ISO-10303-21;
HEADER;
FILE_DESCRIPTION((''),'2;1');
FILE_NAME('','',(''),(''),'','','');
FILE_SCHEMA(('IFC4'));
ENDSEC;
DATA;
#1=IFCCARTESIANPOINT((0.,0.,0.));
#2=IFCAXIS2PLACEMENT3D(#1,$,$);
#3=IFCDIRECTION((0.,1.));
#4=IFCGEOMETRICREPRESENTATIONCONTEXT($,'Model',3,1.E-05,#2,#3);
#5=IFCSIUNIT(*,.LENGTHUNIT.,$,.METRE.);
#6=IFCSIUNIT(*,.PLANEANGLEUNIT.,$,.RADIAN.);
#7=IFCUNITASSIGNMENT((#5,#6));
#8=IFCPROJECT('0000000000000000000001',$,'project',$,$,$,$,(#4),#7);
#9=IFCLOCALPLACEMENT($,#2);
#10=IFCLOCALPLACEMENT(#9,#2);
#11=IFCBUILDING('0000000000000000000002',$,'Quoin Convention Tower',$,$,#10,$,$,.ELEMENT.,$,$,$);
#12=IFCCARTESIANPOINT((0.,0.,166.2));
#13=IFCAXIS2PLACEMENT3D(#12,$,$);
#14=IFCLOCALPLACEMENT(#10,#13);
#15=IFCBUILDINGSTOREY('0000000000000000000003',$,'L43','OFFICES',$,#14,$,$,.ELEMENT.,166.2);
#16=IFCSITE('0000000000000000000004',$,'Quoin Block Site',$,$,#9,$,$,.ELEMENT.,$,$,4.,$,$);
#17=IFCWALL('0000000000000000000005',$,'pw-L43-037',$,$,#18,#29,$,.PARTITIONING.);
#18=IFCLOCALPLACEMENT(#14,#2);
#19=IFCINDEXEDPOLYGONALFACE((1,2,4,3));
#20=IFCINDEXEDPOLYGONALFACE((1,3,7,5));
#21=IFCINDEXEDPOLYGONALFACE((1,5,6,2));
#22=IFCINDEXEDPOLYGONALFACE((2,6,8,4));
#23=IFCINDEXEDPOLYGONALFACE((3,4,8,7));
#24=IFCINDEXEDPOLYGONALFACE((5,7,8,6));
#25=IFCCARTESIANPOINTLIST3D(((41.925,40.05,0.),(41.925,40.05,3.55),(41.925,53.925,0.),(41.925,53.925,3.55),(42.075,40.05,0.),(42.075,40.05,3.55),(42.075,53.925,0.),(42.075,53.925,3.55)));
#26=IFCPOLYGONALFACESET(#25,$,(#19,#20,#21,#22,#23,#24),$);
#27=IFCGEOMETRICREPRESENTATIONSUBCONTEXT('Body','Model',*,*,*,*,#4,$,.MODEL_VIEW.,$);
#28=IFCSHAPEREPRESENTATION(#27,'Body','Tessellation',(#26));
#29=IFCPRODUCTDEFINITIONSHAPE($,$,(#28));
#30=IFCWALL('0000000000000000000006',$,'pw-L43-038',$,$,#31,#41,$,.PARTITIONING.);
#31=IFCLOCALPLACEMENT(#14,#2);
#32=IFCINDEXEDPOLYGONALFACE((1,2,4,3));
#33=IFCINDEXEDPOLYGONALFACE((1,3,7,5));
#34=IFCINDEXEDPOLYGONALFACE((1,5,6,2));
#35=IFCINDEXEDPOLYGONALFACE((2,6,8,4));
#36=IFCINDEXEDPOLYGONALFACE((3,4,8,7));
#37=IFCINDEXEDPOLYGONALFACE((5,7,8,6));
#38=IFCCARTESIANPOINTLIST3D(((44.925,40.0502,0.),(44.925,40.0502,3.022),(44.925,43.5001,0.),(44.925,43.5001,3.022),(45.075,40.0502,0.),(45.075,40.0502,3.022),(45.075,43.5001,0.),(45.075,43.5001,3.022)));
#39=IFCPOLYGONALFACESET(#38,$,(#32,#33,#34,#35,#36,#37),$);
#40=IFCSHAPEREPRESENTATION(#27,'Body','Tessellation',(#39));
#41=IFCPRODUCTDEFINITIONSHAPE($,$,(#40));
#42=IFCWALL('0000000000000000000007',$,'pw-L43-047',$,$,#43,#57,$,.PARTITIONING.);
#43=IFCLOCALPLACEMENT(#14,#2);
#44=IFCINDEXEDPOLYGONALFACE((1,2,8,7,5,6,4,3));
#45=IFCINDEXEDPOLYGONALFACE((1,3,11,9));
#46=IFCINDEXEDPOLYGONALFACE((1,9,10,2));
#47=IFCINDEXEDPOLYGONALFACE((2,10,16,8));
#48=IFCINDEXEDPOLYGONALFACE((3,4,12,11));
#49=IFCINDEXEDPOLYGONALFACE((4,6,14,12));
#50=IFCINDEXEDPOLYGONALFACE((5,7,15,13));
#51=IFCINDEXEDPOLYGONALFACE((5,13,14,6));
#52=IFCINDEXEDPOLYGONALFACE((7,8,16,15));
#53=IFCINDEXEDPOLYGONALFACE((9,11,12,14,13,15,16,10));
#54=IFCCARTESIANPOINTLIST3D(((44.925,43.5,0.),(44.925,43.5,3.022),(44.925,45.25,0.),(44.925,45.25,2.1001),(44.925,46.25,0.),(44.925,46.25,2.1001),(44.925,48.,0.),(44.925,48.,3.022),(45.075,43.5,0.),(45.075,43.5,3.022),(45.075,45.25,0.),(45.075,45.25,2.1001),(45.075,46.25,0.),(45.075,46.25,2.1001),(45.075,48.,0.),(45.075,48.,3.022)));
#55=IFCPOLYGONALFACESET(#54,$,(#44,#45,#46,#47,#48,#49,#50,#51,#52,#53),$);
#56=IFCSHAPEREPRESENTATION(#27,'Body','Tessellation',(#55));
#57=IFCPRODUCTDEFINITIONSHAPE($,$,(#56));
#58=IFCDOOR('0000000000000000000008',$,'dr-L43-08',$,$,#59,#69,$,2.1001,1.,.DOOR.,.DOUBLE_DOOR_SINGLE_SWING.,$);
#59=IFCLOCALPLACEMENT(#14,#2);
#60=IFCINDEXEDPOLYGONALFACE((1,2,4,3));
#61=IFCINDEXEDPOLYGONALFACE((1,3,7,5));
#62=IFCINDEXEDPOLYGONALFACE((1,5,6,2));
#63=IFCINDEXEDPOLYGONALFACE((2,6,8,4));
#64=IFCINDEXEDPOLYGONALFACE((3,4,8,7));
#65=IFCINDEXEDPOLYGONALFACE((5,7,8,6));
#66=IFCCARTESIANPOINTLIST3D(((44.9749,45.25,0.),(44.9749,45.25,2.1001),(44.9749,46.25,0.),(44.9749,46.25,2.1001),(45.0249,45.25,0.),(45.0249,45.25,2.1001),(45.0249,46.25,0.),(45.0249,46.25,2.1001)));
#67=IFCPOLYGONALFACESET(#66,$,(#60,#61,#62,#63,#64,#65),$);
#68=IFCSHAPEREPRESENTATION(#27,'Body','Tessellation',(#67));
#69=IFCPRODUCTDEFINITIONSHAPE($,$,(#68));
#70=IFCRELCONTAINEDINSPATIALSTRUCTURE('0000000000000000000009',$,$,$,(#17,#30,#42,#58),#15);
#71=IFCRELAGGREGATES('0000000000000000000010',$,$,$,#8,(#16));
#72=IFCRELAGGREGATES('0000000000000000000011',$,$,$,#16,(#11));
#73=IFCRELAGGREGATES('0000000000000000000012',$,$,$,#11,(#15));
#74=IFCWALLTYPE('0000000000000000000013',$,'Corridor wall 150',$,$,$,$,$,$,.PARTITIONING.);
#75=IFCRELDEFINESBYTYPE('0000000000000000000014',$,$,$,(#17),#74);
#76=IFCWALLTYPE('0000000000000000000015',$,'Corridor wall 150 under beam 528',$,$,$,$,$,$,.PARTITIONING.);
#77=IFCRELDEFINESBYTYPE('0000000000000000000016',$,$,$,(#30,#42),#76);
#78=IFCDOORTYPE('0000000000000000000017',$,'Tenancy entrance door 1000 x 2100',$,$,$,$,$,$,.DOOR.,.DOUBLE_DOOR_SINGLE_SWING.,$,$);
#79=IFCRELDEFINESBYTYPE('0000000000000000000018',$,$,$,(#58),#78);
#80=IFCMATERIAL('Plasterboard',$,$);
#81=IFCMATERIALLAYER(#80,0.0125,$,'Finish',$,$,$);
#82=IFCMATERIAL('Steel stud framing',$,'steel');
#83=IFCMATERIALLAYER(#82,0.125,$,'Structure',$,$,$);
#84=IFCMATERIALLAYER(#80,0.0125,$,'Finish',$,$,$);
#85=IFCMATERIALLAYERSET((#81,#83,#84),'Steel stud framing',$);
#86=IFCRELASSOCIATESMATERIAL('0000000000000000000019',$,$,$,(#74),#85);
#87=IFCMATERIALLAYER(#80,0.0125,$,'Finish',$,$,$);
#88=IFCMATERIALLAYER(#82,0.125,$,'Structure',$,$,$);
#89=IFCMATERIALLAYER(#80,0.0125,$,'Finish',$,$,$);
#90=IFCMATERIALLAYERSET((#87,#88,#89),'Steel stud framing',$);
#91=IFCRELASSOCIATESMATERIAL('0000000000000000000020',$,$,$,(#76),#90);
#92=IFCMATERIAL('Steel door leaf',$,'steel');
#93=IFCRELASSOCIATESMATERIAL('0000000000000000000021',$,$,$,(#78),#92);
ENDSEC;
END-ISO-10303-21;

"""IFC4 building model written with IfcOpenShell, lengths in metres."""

from ifc_helpers import new_model, si_unit, direction, frame, frame_2d, origin, place, context, subcontext, project, spatial, rectangle, extrude, material, layer, layer_set, type_object, element, fill, save


model = new_model("IFC4")

# Units and contexts
model_context = context("Model", 3, precision=1e-05, world=origin(), true_north=direction((0.0, 1.0)))
body_context = subcontext(model_context, "Body", "Model", "MODEL_VIEW")
ifc_project = project(units=[si_unit("LENGTHUNIT", "METRE"), si_unit("PLANEANGLEUNIT", "RADIAN")], contexts=[model_context])

# Site, building, storey
site_placement = place(None, origin())
site = spatial("IfcSite", under=ifc_project, at=site_placement, Name="Quoin Block Site", CompositionType="ELEMENT", RefElevation=4.0)
building_placement = place(site_placement, origin())
building = spatial("IfcBuilding", under=site, at=building_placement, Name="Quoin Convention Tower", CompositionType="ELEMENT")
storey_placement = place(building_placement, frame((0.0, 0.0, 166.2)))
storey = spatial("IfcBuildingStorey", under=building, at=storey_placement, Name="L43", Description="OFFICES", CompositionType="ELEMENT", Elevation=166.2)

# Shared definitions
ifc_material_1 = material(Name="Plasterboard")
ifc_material_2 = material(Name="Steel stud framing", Category="steel")
ifc_material_3 = material(Name="Steel door leaf", Category="steel")

# Walls
ifc_layer_1 = layer(ifc_material_1, 0.0125, Name="Finish")
ifc_layer_2 = layer(ifc_material_2, 0.125, Name="Structure")
ifc_layer_3 = layer(ifc_material_1, 0.0125, Name="Finish")
ifc_layer_set_1 = layer_set([ifc_layer_1, ifc_layer_2, ifc_layer_3], Name="Steel stud framing")
wall_type_1 = type_object("IfcWallType", Name="Corridor wall 150", PredefinedType="PARTITIONING", material=ifc_layer_set_1)
wall_1_placement = place(storey_placement, frame((42.0, 40.05, 0.0), z_axis=(0.0, 0.0, 1.0), x_axis=(0.0, 1.0, 0.0)))
element("IfcWall", 1, at=wall_1_placement, inside=storey, type_object=wall_type_1, Name="pw-L43-037", PredefinedType="PARTITIONING", context=body_context, shape_type="SweptSolid", body=[
    extrude(rectangle(XDim=13.875, YDim=0.1499, at=frame_2d((6.9375, 0.0))), origin(), (0.0, 0.0, 1.0), 3.55),
])
ifc_layer_4 = layer(ifc_material_1, 0.0125, Name="Finish")
ifc_layer_5 = layer(ifc_material_2, 0.125, Name="Structure")
ifc_layer_6 = layer(ifc_material_1, 0.0125, Name="Finish")
ifc_layer_set_2 = layer_set([ifc_layer_4, ifc_layer_5, ifc_layer_6], Name="Steel stud framing")
wall_type_2 = type_object("IfcWallType", Name="Corridor wall 150 under beam 528", PredefinedType="PARTITIONING", material=ifc_layer_set_2)
wall_2_placement = place(storey_placement, frame((45.0, 40.05, 0.0), z_axis=(0.0, 0.0, 1.0), x_axis=(0.0, 1.0, 0.0)))
element("IfcWall", 2, at=wall_2_placement, inside=storey, type_object=wall_type_2, Name="pw-L43-038", PredefinedType="PARTITIONING", context=body_context, shape_type="SweptSolid", body=[
    extrude(rectangle(XDim=3.45, YDim=0.1499, at=frame_2d((1.7251, 0.0))), origin(), (0.0, 0.0, 1.0), 3.022),
])

# Wall, opening, door
wall_3_placement = place(storey_placement, frame((45.0, 43.5, 0.0), z_axis=(0.0, 0.0, 1.0), x_axis=(0.0, 1.0, 0.0)))
wall_3 = element("IfcWall", 3, at=wall_3_placement, inside=storey, type_object=wall_type_2, Name="pw-L43-047", PredefinedType="PARTITIONING", context=body_context, shape_type="SweptSolid", body=[
    extrude(rectangle(XDim=4.5, YDim=0.1499, at=frame_2d((2.25, 0.0))), origin(), (0.0, 0.0, 1.0), 3.022),
])
opening_1_placement = place(wall_3_placement, frame((1.75, 0.0, 0.0)))
opening_1 = element("IfcOpeningElement", 4, at=opening_1_placement, cuts=wall_3, PredefinedType="OPENING", context=body_context, shape_type="SweptSolid", body=[
    extrude(rectangle(XDim=1.0, YDim=2.1001, at=frame_2d((0.5, 1.05))), frame((0.0, 0.085, 0.0), z_axis=(0.0, -1.0, 0.0), x_axis=(1.0, 0.0, 0.0)), (0.0, 0.0, 1.0), 0.1699),
])
door_type_1 = type_object("IfcDoorType", Name="Tenancy entrance door 1000 x 2100", OperationType="DOUBLE_DOOR_SINGLE_SWING", PredefinedType="DOOR", material=ifc_material_3)
door_1_placement = place(opening_1_placement, frame((1.0, 0.0, 0.0), z_axis=(0.0, 0.0, 1.0), x_axis=(-1.0, 0.0, 0.0)))
door_1 = element("IfcDoor", 5, at=door_1_placement, inside=storey, type_object=door_type_1, Name="dr-L43-08", OperationType="DOUBLE_DOOR_SINGLE_SWING", OverallHeight=2.1001, OverallWidth=1.0, PredefinedType="DOOR", context=body_context, shape_type="SweptSolid", body=[
    extrude(rectangle(XDim=1.0, YDim=2.1001, at=frame_2d((0.5, 1.05))), frame((0.0, 0.0249, 0.0), z_axis=(0.0, -1.0, 0.0), x_axis=(1.0, 0.0, 0.0)), (0.0, 0.0, 1.0), 0.05),
])
fill(opening_1, door_1)

save(model, "model.ifc")
